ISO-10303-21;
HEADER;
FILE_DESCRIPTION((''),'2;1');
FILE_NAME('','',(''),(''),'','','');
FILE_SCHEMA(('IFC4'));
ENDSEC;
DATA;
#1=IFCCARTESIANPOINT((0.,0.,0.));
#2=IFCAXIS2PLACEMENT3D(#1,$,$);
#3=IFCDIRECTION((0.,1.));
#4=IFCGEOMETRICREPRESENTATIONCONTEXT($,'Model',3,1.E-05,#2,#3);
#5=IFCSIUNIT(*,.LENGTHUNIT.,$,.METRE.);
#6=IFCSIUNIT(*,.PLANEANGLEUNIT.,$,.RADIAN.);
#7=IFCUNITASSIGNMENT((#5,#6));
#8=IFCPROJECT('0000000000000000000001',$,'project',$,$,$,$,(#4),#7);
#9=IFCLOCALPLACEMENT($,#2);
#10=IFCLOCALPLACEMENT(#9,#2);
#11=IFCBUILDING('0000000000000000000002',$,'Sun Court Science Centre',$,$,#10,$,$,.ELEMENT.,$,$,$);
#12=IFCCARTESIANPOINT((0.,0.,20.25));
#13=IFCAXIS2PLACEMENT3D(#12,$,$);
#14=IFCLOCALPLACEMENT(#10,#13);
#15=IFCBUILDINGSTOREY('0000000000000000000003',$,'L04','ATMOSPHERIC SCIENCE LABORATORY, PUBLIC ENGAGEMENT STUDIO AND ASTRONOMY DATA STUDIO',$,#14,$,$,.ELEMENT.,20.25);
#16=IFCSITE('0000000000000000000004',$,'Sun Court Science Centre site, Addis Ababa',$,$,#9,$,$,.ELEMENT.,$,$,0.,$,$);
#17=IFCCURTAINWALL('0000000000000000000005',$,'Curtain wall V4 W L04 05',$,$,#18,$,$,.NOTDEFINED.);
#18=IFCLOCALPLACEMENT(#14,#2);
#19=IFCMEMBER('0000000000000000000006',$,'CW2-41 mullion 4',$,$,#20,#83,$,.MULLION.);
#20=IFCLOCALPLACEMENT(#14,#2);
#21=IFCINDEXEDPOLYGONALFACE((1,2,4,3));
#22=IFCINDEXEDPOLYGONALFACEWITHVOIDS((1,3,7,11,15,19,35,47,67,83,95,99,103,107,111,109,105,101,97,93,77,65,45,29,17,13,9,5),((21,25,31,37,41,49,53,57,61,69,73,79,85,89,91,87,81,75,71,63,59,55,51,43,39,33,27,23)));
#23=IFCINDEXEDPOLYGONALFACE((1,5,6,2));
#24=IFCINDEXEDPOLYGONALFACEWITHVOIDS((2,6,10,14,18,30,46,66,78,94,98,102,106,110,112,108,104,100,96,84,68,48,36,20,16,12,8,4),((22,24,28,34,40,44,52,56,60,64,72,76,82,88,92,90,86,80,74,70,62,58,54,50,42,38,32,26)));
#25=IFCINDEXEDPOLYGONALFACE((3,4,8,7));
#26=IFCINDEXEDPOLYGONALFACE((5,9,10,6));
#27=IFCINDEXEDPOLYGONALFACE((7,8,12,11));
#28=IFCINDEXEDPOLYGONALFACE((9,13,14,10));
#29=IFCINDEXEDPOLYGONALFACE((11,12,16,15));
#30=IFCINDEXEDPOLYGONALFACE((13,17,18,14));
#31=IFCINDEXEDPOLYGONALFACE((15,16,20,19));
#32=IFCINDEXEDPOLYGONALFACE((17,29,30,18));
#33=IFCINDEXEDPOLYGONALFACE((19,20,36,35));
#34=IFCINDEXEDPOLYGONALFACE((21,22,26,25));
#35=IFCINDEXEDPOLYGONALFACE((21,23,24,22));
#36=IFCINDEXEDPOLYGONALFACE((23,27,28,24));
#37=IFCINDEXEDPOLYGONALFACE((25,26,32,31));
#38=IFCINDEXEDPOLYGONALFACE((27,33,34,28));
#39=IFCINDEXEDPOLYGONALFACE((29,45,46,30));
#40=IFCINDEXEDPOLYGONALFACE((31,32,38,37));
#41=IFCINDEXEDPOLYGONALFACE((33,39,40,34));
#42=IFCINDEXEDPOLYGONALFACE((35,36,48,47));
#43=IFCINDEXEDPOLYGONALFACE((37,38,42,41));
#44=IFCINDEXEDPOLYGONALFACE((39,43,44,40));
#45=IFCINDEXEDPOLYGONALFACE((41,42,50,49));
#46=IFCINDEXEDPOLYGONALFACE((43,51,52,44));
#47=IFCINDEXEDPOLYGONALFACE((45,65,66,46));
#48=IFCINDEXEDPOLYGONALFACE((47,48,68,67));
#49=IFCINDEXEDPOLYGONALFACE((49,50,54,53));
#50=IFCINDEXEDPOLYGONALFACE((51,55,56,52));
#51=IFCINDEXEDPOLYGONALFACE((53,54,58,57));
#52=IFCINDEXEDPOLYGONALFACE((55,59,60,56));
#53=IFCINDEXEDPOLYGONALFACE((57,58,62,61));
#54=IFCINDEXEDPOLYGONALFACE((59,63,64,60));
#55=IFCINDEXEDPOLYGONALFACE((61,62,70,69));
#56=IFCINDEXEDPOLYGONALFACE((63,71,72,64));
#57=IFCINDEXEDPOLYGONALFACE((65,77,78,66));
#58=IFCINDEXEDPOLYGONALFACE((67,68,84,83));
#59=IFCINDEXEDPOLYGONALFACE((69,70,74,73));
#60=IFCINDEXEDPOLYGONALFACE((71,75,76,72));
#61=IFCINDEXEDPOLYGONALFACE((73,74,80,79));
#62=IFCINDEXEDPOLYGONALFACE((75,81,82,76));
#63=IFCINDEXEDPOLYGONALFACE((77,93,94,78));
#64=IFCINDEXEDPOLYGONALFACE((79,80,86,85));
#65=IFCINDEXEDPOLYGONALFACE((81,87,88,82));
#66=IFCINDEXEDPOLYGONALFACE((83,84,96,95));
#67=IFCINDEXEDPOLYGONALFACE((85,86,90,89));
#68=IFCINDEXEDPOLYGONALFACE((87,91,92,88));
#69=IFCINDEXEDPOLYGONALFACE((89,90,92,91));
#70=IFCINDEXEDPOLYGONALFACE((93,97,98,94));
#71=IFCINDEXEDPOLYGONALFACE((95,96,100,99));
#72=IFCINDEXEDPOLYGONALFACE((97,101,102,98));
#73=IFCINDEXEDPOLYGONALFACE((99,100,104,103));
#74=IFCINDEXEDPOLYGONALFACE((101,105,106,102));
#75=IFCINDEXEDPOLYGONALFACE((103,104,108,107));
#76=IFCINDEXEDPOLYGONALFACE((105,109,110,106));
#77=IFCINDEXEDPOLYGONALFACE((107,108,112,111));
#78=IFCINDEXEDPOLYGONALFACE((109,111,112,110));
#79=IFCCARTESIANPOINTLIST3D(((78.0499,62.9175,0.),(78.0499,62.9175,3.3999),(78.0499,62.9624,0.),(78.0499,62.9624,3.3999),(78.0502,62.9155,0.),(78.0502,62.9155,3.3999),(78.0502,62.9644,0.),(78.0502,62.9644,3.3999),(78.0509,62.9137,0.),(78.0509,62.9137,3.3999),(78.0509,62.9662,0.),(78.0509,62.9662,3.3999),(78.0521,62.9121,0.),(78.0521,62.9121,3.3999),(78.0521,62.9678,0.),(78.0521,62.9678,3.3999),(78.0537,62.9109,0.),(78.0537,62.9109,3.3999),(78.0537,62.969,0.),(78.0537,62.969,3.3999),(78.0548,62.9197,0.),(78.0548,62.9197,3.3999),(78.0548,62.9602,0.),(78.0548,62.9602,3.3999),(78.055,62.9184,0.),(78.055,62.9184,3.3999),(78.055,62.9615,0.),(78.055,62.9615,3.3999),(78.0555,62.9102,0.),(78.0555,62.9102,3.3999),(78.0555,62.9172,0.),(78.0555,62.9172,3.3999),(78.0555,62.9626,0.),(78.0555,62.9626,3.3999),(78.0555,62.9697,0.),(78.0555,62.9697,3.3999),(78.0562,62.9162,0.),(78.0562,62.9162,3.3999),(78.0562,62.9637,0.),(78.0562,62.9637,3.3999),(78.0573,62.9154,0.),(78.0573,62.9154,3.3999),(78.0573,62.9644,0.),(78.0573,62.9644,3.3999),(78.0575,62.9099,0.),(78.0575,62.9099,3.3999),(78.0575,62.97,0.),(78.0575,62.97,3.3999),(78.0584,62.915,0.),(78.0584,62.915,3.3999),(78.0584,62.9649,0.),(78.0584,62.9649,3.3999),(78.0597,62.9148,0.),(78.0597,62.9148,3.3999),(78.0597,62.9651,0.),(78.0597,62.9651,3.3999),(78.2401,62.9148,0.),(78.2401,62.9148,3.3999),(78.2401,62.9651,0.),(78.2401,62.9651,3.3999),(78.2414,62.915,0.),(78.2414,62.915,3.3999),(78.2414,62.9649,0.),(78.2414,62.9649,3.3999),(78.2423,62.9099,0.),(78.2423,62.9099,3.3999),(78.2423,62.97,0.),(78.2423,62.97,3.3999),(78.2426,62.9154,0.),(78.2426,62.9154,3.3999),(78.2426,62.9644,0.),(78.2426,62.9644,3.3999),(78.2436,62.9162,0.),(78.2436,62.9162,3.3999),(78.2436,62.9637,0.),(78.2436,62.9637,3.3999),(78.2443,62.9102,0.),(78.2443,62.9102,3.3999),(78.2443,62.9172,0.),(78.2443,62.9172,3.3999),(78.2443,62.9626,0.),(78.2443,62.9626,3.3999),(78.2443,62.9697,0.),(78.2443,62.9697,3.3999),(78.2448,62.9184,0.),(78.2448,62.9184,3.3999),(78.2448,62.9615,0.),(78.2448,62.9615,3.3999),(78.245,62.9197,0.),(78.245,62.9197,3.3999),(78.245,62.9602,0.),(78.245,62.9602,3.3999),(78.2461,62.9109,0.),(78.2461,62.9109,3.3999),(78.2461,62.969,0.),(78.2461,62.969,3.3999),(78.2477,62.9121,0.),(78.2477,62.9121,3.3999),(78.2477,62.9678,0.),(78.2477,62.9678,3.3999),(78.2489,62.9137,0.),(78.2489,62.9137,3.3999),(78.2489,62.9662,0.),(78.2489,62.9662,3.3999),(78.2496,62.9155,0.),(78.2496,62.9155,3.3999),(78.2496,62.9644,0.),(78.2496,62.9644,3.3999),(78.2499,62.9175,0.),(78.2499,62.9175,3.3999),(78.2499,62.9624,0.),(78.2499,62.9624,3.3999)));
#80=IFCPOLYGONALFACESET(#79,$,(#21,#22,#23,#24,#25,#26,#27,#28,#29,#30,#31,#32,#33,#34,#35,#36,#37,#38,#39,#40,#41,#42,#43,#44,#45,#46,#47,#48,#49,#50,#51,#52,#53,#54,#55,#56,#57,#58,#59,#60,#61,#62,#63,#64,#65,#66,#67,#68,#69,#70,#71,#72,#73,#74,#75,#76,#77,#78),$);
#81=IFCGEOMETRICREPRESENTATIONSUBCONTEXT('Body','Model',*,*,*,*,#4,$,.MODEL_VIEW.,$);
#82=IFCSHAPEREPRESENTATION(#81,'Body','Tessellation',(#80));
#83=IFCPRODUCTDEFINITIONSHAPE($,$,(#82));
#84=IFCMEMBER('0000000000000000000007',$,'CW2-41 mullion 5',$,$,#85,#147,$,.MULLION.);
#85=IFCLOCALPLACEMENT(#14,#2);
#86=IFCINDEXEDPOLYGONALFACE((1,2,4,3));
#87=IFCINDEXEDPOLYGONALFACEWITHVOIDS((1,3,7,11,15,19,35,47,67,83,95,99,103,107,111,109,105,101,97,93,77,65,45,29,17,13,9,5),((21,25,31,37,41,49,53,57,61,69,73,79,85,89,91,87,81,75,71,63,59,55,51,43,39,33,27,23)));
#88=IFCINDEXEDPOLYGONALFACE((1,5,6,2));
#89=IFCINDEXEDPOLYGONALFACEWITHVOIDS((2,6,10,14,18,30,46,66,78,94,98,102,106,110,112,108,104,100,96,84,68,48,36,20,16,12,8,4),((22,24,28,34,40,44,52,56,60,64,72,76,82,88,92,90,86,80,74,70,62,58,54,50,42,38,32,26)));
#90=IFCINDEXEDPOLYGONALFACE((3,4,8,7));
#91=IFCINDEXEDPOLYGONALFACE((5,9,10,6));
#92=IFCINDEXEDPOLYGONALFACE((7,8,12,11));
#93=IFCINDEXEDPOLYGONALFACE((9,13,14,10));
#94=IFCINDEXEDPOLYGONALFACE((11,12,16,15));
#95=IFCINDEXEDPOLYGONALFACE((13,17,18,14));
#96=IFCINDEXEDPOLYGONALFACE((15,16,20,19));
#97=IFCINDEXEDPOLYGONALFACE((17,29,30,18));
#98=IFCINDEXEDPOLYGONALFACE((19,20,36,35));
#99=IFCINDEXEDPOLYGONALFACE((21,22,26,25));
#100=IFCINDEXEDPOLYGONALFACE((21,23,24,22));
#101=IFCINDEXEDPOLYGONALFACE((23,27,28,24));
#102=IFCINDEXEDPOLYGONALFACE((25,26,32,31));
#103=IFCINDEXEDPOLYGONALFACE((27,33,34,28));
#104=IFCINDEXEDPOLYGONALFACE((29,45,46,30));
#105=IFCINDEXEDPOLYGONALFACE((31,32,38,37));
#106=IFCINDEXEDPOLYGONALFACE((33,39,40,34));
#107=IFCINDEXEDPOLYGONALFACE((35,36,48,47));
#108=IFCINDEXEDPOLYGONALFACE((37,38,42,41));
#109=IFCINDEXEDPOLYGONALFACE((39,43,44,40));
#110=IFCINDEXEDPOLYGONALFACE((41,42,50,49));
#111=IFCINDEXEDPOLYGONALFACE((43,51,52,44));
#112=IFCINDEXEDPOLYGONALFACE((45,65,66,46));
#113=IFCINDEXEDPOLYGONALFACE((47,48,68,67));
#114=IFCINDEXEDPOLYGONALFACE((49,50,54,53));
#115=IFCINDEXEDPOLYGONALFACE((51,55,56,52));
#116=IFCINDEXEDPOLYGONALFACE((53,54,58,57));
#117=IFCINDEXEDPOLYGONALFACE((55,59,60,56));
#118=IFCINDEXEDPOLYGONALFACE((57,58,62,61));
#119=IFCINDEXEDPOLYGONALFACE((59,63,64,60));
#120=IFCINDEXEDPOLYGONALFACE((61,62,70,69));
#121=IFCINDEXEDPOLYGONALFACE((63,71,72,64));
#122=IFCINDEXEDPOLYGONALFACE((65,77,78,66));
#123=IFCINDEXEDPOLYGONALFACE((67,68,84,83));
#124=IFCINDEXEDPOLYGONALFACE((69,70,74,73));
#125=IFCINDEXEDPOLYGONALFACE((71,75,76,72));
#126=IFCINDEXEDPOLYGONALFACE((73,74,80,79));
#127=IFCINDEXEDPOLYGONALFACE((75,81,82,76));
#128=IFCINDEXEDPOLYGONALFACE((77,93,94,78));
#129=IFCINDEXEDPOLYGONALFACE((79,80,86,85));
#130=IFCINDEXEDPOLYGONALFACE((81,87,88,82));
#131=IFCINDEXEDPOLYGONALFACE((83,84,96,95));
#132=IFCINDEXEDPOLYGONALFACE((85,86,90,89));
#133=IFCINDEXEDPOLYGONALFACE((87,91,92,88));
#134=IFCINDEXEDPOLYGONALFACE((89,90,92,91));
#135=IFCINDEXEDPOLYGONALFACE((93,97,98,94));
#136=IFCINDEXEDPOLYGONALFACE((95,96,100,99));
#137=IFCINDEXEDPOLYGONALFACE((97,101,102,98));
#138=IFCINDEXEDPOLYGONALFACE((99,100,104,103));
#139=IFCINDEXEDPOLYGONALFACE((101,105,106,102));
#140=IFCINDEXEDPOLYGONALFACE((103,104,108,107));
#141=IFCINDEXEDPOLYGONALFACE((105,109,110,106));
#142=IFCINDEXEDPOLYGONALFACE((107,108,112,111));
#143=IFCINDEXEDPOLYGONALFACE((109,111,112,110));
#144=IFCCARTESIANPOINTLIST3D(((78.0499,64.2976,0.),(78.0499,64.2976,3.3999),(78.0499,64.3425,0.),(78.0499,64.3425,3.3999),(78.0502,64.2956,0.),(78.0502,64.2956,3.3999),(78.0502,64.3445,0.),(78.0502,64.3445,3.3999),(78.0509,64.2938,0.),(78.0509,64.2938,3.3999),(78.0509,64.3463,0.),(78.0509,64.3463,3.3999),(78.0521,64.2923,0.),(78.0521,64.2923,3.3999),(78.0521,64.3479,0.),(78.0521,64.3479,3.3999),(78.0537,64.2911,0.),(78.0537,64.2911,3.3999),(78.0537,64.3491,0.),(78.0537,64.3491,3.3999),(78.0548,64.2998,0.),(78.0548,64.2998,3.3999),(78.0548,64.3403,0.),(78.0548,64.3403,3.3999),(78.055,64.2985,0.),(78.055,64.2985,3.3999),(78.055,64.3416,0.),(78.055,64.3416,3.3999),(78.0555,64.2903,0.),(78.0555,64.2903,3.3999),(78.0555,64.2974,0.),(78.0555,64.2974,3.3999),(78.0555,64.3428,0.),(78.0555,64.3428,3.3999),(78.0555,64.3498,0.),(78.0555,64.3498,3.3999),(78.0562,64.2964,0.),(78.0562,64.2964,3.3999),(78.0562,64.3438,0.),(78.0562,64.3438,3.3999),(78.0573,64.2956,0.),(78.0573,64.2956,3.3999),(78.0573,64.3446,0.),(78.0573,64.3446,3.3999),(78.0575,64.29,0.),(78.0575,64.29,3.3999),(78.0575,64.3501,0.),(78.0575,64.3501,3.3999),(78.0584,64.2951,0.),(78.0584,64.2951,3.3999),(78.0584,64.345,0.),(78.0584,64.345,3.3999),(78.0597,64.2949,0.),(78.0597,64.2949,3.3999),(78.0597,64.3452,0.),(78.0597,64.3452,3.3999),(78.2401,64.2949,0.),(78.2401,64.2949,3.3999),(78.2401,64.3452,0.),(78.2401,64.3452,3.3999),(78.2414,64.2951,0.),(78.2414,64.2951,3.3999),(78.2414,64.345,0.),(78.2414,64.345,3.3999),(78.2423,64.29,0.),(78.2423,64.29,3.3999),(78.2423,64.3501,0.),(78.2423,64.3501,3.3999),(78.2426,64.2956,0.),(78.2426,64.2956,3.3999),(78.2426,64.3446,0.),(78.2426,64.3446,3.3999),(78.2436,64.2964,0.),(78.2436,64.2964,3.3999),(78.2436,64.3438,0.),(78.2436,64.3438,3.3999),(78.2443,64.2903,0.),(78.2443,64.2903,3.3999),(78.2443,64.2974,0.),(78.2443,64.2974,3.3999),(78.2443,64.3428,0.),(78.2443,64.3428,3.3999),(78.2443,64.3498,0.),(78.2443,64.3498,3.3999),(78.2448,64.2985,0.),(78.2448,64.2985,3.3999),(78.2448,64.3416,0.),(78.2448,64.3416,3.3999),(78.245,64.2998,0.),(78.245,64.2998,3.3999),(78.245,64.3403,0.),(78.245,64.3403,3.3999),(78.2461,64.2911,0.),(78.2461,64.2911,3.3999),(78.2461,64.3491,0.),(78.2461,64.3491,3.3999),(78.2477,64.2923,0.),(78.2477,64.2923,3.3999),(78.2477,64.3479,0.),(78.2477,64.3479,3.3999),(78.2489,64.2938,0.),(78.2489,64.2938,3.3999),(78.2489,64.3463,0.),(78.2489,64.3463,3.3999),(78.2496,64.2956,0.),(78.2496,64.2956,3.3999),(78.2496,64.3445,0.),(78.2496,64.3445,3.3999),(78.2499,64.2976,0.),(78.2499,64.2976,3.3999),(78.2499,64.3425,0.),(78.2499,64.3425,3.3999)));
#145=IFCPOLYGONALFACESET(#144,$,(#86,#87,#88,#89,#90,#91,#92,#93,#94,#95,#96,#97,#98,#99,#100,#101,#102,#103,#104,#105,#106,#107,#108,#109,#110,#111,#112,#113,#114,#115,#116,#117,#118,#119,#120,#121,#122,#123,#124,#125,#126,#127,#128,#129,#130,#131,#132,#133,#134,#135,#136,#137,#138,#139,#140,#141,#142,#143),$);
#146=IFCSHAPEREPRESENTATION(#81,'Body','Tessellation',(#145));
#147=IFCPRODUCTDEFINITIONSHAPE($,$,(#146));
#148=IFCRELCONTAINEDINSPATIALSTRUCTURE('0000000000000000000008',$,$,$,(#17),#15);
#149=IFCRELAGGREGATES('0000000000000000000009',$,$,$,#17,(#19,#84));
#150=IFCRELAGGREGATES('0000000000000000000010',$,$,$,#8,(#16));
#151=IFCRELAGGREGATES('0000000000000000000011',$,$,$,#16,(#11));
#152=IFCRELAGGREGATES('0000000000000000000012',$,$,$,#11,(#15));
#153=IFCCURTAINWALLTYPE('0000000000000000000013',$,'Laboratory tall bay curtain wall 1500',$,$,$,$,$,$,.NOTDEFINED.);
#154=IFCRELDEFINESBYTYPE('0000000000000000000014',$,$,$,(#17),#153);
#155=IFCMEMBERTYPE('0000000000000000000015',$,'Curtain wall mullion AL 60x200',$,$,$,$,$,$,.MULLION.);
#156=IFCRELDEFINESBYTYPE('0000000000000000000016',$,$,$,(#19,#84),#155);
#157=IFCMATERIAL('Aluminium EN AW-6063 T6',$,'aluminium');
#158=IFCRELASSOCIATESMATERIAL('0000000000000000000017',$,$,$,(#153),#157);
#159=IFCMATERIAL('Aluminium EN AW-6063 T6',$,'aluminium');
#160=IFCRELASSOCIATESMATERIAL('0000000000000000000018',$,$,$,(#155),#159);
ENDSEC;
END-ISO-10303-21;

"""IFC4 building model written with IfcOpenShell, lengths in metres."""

from ifc_helpers import new_model, si_unit, direction, frame, origin, origin_2d, place, context, subcontext, project, spatial, hollow_rectangle, extrude, material, material_profile, profile_set, type_object, element, aggregate, save


model = new_model("IFC4")

# Units and contexts
model_context = context("Model", 3, precision=1e-05, world=origin(), true_north=direction((0.0, 1.0)))
body_context = subcontext(model_context, "Body", "Model", "MODEL_VIEW")
ifc_project = project(units=[si_unit("LENGTHUNIT", "METRE"), si_unit("PLANEANGLEUNIT", "RADIAN")], contexts=[model_context])

# Site, building, storey
site_placement = place(None, origin())
site = spatial("IfcSite", under=ifc_project, at=site_placement, Name="Sun Court Science Centre site, Addis Ababa", CompositionType="ELEMENT", RefElevation=0.0)
building_placement = place(site_placement, origin())
building = spatial("IfcBuilding", under=site, at=building_placement, Name="Sun Court Science Centre", CompositionType="ELEMENT")
storey_placement = place(building_placement, frame((0.0, 0.0, 20.25)))
storey = spatial("IfcBuildingStorey", under=building, at=storey_placement, Name="L04", Description="ATMOSPHERIC SCIENCE LABORATORY, PUBLIC ENGAGEMENT STUDIO AND ASTRONOMY DATA STUDIO", CompositionType="ELEMENT", Elevation=20.25)

# Curtain wall, members
ifc_material_1 = material(Name="Aluminium EN AW-6063 T6", Category="aluminium")
curtain_wall_type = type_object("IfcCurtainWallType", Name="Laboratory tall bay curtain wall 1500", PredefinedType="NOTDEFINED", material=ifc_material_1)
curtain_wall_1_placement = place(storey_placement, origin())
curtain_wall_1 = element("IfcCurtainWall", 1, at=curtain_wall_1_placement, inside=storey, type_object=curtain_wall_type, Name="Curtain wall V4 W L04 05", PredefinedType="NOTDEFINED")
ifc_material_2 = material(Name="Aluminium EN AW-6063 T6", Category="aluminium")
ifc_material_profile_1 = material_profile(ifc_material_2, hollow_rectangle(XDim=0.0601, YDim=0.2, WallThickness=0.0049, InnerFilletRadius=0.0049, OuterFilletRadius=0.0076, at=origin_2d()), Name="AL 60x200x5")
ifc_profile_set_1 = profile_set([ifc_material_profile_1], Name="Aluminium EN AW-6063 T6")
member_type_1 = type_object("IfcMemberType", Name="Curtain wall mullion AL 60x200", PredefinedType="MULLION", material=ifc_profile_set_1)
member_1_placement = place(storey_placement, frame((78.1499, 62.9399, 0.0), z_axis=(0.0, 0.0, 1.0), x_axis=(0.0, 1.0, 0.0)))
member_1 = element("IfcMember", 2, at=member_1_placement, type_object=member_type_1, Name="CW2-41 mullion 4", PredefinedType="MULLION", context=body_context, shape_type="SweptSolid", body=[
    extrude(hollow_rectangle(XDim=0.0601, YDim=0.2, WallThickness=0.0049, InnerFilletRadius=0.0049, OuterFilletRadius=0.0076, at=origin_2d()), origin(), (0.0, 0.0, 1.0), 3.3999),
])
member_2_placement = place(storey_placement, frame((78.1499, 64.3201, 0.0), z_axis=(0.0, 0.0, 1.0), x_axis=(0.0, 1.0, 0.0)))
member_2 = element("IfcMember", 3, at=member_2_placement, type_object=member_type_1, Name="CW2-41 mullion 5", PredefinedType="MULLION", context=body_context, shape_type="SweptSolid", body=[
    extrude(hollow_rectangle(XDim=0.0601, YDim=0.2, WallThickness=0.0049, InnerFilletRadius=0.0049, OuterFilletRadius=0.0076, at=origin_2d()), origin(), (0.0, 0.0, 1.0), 3.3999),
])

aggregate(curtain_wall_1, [member_1, member_2])

save(model, "model.ifc")
